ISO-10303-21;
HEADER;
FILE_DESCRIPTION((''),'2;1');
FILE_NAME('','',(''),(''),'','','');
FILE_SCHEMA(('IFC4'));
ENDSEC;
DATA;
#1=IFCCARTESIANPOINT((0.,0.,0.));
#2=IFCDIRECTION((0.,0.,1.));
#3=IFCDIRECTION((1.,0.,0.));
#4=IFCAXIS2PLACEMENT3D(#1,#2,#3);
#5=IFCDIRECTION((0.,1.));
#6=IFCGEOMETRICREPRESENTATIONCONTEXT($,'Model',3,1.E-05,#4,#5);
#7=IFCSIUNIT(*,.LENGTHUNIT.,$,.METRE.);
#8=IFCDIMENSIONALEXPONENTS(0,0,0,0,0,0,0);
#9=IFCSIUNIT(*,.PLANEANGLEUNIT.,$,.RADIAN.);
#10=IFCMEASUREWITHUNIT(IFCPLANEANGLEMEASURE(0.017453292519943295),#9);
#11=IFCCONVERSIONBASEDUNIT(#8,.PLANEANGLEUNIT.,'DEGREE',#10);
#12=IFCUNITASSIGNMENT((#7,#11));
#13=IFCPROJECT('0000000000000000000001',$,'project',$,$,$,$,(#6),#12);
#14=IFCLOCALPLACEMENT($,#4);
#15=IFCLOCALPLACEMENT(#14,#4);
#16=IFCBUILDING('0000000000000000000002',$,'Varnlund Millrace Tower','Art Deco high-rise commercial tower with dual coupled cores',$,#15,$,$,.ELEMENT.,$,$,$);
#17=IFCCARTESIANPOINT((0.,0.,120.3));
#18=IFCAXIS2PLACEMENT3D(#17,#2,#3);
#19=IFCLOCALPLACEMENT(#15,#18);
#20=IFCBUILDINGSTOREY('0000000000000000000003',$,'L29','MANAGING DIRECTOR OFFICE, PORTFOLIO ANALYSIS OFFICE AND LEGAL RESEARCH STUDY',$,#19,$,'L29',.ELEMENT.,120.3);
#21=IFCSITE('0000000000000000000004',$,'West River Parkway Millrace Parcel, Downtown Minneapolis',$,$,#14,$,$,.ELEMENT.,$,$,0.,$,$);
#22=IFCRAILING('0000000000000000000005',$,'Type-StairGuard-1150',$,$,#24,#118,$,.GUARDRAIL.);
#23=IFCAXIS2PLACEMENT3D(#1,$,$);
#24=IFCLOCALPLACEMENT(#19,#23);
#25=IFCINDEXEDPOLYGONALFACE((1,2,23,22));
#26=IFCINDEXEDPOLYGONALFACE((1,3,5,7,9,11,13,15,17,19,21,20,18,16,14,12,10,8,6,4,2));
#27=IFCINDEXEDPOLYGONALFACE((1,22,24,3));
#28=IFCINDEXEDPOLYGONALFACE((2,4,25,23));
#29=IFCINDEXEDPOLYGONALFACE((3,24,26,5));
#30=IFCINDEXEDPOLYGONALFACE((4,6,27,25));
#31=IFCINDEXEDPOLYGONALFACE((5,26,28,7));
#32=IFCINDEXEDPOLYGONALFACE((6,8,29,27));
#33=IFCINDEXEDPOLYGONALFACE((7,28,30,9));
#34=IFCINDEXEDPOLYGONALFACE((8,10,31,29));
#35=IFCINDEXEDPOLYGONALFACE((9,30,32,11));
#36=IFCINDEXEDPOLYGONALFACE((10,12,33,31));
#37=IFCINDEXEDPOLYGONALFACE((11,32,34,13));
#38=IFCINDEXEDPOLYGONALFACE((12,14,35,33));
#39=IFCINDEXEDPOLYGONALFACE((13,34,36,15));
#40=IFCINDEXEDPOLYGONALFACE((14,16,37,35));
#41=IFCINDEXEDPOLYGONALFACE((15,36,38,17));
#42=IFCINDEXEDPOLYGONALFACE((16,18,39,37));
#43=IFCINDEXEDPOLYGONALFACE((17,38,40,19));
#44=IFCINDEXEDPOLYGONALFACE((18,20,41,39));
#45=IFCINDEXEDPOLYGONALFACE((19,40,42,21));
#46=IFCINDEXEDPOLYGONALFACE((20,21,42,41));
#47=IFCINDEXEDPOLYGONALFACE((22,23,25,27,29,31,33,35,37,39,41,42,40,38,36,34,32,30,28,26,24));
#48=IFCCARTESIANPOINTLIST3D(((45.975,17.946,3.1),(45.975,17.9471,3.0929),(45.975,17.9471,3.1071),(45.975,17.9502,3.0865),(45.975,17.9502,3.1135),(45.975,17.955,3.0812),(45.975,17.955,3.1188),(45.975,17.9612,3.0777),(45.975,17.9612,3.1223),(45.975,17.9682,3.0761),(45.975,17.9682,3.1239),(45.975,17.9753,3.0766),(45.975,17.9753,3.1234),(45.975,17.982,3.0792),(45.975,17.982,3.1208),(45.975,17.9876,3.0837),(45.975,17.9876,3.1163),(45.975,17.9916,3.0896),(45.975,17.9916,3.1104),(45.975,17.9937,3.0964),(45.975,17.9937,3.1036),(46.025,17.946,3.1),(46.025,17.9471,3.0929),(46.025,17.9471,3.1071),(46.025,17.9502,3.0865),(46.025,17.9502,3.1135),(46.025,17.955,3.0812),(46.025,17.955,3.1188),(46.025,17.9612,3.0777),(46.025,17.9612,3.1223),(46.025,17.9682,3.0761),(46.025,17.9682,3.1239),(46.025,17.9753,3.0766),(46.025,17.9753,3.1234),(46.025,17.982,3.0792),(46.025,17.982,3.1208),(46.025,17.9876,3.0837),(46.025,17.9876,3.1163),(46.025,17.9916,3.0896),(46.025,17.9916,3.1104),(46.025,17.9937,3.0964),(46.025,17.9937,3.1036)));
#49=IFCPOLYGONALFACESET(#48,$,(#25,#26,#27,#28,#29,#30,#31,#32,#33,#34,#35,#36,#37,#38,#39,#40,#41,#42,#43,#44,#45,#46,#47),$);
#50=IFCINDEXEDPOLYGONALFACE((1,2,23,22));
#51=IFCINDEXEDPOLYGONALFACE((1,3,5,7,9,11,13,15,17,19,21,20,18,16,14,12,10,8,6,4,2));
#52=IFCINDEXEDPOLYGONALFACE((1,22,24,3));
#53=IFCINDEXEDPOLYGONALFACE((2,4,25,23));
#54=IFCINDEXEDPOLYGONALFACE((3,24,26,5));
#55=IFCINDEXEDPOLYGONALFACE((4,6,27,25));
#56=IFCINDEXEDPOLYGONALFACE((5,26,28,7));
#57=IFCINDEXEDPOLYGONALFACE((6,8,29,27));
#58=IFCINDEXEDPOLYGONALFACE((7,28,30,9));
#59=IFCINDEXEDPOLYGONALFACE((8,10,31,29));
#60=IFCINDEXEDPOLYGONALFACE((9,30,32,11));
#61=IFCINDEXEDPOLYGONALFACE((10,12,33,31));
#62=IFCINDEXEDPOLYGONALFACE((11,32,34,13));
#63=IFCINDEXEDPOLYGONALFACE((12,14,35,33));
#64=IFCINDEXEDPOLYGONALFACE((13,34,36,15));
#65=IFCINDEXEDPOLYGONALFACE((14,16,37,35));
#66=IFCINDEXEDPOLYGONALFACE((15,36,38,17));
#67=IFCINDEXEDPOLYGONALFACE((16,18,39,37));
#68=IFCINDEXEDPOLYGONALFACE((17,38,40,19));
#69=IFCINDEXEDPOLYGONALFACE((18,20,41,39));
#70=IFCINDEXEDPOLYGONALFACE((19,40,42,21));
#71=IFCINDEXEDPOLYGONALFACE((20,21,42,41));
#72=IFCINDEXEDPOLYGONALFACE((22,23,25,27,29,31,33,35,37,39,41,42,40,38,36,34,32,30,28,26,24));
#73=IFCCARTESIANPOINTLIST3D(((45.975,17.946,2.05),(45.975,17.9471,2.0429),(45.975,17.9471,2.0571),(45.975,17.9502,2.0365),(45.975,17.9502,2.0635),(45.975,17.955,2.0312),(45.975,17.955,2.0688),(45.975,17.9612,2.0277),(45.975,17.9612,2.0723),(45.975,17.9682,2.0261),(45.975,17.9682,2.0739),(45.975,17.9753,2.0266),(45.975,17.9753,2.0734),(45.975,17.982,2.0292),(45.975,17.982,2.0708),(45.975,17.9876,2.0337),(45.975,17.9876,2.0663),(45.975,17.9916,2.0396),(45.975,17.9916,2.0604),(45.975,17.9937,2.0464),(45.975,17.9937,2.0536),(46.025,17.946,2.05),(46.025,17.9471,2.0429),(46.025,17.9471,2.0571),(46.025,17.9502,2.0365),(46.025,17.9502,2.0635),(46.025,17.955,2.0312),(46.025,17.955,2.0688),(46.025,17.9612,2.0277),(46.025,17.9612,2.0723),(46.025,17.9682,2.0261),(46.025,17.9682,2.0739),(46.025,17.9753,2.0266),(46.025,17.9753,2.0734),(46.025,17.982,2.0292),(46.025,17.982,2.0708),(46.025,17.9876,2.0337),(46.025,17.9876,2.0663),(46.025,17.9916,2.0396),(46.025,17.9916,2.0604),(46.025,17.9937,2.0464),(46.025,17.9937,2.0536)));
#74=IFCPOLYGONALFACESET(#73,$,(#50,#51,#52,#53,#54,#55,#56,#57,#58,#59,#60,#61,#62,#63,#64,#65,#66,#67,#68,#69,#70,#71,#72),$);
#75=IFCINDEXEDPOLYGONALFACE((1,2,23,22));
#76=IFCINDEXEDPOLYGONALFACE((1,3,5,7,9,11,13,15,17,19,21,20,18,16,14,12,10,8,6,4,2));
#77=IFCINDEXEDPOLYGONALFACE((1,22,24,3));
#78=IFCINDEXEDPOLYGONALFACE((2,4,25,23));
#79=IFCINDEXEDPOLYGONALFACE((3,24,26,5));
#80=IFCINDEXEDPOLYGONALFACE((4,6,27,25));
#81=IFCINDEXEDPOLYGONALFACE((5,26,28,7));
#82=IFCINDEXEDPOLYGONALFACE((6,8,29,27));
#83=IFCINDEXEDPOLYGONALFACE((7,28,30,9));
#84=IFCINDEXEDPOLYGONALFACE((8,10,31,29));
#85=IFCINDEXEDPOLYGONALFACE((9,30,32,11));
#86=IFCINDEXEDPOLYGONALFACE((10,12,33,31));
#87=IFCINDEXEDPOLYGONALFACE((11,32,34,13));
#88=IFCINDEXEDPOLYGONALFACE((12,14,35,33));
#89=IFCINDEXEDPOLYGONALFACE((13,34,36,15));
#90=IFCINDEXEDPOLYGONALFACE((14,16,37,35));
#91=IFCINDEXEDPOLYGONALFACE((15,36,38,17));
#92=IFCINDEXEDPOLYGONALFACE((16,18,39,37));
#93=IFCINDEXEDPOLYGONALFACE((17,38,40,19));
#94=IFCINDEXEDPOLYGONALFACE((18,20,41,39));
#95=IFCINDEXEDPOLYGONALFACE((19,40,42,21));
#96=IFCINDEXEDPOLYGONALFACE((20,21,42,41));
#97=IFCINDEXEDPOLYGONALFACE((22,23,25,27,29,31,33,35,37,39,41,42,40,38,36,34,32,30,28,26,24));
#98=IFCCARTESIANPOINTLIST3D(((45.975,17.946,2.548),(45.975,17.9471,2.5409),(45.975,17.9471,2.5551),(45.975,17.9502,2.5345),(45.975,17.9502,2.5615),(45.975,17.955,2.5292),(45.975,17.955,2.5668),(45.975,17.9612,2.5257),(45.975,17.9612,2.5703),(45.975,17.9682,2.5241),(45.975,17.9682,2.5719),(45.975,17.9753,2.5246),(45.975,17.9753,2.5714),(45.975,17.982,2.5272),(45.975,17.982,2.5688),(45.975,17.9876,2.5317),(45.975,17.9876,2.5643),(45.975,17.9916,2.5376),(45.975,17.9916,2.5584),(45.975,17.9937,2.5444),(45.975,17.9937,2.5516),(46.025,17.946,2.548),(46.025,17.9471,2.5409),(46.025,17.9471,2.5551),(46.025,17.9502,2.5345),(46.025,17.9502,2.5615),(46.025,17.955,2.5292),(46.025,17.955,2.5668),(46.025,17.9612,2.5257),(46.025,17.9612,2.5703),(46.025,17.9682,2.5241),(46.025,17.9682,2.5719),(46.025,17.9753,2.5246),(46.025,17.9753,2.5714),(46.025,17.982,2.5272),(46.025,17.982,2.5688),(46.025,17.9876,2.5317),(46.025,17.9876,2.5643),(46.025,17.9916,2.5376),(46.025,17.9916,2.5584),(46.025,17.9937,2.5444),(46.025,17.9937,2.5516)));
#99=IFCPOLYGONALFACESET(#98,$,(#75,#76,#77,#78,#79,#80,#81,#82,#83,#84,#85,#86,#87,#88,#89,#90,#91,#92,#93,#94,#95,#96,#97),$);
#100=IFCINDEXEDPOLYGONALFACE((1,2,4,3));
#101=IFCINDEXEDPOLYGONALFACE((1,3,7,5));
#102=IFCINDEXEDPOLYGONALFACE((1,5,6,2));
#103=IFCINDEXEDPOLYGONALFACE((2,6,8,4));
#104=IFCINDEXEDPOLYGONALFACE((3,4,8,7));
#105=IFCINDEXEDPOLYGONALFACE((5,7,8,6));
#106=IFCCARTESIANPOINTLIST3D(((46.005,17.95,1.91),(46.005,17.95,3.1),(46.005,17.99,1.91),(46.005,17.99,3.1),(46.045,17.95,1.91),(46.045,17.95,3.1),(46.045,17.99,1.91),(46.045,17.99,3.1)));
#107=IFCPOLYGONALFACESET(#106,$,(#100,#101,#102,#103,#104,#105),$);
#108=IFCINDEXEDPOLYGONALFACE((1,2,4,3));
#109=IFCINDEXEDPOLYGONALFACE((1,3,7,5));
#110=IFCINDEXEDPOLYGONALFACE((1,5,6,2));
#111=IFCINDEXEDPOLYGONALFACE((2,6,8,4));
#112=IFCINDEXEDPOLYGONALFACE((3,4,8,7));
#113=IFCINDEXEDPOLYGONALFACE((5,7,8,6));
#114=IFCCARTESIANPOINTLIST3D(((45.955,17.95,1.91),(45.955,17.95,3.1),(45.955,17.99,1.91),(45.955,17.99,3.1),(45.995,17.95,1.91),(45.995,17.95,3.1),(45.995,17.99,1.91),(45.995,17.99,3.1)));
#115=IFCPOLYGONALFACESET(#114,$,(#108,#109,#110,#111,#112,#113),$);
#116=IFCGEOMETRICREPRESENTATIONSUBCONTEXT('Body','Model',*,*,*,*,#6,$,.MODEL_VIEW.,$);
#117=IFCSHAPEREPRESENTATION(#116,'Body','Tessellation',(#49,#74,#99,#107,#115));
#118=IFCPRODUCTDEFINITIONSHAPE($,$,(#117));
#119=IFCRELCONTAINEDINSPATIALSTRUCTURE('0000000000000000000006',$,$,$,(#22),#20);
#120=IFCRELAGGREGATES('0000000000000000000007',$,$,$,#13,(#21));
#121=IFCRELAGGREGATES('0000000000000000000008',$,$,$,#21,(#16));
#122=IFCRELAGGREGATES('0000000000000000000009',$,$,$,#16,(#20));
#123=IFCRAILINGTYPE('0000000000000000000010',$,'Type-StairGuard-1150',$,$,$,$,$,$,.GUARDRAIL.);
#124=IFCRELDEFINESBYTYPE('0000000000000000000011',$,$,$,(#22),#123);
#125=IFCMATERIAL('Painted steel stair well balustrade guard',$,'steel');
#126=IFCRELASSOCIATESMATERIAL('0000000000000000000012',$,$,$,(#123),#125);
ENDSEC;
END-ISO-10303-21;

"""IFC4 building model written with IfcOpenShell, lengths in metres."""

from ifc_helpers import new_model, entity, si_unit, converted_unit, direction, frame, origin_with_axes, origin_2d_with_axis, place, context, subcontext, project, spatial, rectangle, circle, extrude, material, type_object, element, save


model = new_model("IFC4")

# Units and contexts
model_context = context("Model", 3, precision=1e-05, world=origin_with_axes(), true_north=direction((0.0, 1.0)))
body_context = subcontext(model_context, "Body", "Model", "MODEL_VIEW")
ifc_project = project(units=[si_unit("LENGTHUNIT", "METRE"), converted_unit("PLANEANGLEUNIT", "DEGREE", entity("IfcPlaneAngleMeasure", 0.017453292519943295), si_unit("PLANEANGLEUNIT", "RADIAN"), dimensions=[0, 0, 0, 0, 0, 0, 0])], contexts=[model_context])

# Site, building, storey
site_placement = place(None, origin_with_axes())
site = spatial("IfcSite", under=ifc_project, at=site_placement, Name="West River Parkway Millrace Parcel, Downtown Minneapolis", CompositionType="ELEMENT", RefElevation=0.0)
building_placement = place(site_placement, origin_with_axes())
building = spatial("IfcBuilding", under=site, at=building_placement, Name="Varnlund Millrace Tower", Description="Art Deco high-rise commercial tower with dual coupled cores", CompositionType="ELEMENT")
storey_placement = place(building_placement, frame((0.0, 0.0, 120.3), z_axis=(0.0, 0.0, 1.0), x_axis=(1.0, 0.0, 0.0)))
storey = spatial("IfcBuildingStorey", under=building, at=storey_placement, Name="L29", Description="MANAGING DIRECTOR OFFICE, PORTFOLIO ANALYSIS OFFICE AND LEGAL RESEARCH STUDY", LongName="L29", CompositionType="ELEMENT", Elevation=120.3)

# Railing
ifc_material_1 = material(Name="Painted steel stair well balustrade guard", Category="steel")
railing_type_1 = type_object("IfcRailingType", Name="Type-StairGuard-1150", PredefinedType="GUARDRAIL", material=ifc_material_1)
railing_1_placement = place(storey_placement, frame((0.0, 0.0, -120.3), z_axis=(0.0, 0.0, 1.0), x_axis=(1.0, 0.0, 0.0)))
element("IfcRailing", 1, at=railing_1_placement, inside=storey, type_object=railing_type_1, Name="Type-StairGuard-1150", PredefinedType="GUARDRAIL", context=body_context, shape_type="SweptSolid", body=[
    extrude(circle(Radius=0.024, at=origin_2d_with_axis()), frame((46.025, 17.97, 123.4), z_axis=(-1.0, 0.0, 0.0), x_axis=(0.0, -1.0, 0.0)), (0.0, 0.0, 1.0), 0.05),
    extrude(circle(Radius=0.024, at=origin_2d_with_axis()), frame((46.025, 17.97, 122.35), z_axis=(-1.0, 0.0, 0.0), x_axis=(0.0, -1.0, 0.0)), (0.0, 0.0, 1.0), 0.05),
    extrude(circle(Radius=0.024, at=origin_2d_with_axis()), frame((46.025, 17.97, 122.848), z_axis=(-1.0, 0.0, 0.0), x_axis=(0.0, -1.0, 0.0)), (0.0, 0.0, 1.0), 0.05),
    extrude(rectangle(XDim=0.04, YDim=0.04, at=origin_2d_with_axis()), frame((46.025, 17.97, 122.21), z_axis=(0.0, 0.0, 1.0), x_axis=(1.0, 0.0, 0.0)), (0.0, 0.0, 1.0), 1.19),
    extrude(rectangle(XDim=0.04, YDim=0.04, at=origin_2d_with_axis()), frame((45.975, 17.97, 122.21), z_axis=(0.0, 0.0, 1.0), x_axis=(1.0, 0.0, 0.0)), (0.0, 0.0, 1.0), 1.19),
])

save(model, "model.ifc")
